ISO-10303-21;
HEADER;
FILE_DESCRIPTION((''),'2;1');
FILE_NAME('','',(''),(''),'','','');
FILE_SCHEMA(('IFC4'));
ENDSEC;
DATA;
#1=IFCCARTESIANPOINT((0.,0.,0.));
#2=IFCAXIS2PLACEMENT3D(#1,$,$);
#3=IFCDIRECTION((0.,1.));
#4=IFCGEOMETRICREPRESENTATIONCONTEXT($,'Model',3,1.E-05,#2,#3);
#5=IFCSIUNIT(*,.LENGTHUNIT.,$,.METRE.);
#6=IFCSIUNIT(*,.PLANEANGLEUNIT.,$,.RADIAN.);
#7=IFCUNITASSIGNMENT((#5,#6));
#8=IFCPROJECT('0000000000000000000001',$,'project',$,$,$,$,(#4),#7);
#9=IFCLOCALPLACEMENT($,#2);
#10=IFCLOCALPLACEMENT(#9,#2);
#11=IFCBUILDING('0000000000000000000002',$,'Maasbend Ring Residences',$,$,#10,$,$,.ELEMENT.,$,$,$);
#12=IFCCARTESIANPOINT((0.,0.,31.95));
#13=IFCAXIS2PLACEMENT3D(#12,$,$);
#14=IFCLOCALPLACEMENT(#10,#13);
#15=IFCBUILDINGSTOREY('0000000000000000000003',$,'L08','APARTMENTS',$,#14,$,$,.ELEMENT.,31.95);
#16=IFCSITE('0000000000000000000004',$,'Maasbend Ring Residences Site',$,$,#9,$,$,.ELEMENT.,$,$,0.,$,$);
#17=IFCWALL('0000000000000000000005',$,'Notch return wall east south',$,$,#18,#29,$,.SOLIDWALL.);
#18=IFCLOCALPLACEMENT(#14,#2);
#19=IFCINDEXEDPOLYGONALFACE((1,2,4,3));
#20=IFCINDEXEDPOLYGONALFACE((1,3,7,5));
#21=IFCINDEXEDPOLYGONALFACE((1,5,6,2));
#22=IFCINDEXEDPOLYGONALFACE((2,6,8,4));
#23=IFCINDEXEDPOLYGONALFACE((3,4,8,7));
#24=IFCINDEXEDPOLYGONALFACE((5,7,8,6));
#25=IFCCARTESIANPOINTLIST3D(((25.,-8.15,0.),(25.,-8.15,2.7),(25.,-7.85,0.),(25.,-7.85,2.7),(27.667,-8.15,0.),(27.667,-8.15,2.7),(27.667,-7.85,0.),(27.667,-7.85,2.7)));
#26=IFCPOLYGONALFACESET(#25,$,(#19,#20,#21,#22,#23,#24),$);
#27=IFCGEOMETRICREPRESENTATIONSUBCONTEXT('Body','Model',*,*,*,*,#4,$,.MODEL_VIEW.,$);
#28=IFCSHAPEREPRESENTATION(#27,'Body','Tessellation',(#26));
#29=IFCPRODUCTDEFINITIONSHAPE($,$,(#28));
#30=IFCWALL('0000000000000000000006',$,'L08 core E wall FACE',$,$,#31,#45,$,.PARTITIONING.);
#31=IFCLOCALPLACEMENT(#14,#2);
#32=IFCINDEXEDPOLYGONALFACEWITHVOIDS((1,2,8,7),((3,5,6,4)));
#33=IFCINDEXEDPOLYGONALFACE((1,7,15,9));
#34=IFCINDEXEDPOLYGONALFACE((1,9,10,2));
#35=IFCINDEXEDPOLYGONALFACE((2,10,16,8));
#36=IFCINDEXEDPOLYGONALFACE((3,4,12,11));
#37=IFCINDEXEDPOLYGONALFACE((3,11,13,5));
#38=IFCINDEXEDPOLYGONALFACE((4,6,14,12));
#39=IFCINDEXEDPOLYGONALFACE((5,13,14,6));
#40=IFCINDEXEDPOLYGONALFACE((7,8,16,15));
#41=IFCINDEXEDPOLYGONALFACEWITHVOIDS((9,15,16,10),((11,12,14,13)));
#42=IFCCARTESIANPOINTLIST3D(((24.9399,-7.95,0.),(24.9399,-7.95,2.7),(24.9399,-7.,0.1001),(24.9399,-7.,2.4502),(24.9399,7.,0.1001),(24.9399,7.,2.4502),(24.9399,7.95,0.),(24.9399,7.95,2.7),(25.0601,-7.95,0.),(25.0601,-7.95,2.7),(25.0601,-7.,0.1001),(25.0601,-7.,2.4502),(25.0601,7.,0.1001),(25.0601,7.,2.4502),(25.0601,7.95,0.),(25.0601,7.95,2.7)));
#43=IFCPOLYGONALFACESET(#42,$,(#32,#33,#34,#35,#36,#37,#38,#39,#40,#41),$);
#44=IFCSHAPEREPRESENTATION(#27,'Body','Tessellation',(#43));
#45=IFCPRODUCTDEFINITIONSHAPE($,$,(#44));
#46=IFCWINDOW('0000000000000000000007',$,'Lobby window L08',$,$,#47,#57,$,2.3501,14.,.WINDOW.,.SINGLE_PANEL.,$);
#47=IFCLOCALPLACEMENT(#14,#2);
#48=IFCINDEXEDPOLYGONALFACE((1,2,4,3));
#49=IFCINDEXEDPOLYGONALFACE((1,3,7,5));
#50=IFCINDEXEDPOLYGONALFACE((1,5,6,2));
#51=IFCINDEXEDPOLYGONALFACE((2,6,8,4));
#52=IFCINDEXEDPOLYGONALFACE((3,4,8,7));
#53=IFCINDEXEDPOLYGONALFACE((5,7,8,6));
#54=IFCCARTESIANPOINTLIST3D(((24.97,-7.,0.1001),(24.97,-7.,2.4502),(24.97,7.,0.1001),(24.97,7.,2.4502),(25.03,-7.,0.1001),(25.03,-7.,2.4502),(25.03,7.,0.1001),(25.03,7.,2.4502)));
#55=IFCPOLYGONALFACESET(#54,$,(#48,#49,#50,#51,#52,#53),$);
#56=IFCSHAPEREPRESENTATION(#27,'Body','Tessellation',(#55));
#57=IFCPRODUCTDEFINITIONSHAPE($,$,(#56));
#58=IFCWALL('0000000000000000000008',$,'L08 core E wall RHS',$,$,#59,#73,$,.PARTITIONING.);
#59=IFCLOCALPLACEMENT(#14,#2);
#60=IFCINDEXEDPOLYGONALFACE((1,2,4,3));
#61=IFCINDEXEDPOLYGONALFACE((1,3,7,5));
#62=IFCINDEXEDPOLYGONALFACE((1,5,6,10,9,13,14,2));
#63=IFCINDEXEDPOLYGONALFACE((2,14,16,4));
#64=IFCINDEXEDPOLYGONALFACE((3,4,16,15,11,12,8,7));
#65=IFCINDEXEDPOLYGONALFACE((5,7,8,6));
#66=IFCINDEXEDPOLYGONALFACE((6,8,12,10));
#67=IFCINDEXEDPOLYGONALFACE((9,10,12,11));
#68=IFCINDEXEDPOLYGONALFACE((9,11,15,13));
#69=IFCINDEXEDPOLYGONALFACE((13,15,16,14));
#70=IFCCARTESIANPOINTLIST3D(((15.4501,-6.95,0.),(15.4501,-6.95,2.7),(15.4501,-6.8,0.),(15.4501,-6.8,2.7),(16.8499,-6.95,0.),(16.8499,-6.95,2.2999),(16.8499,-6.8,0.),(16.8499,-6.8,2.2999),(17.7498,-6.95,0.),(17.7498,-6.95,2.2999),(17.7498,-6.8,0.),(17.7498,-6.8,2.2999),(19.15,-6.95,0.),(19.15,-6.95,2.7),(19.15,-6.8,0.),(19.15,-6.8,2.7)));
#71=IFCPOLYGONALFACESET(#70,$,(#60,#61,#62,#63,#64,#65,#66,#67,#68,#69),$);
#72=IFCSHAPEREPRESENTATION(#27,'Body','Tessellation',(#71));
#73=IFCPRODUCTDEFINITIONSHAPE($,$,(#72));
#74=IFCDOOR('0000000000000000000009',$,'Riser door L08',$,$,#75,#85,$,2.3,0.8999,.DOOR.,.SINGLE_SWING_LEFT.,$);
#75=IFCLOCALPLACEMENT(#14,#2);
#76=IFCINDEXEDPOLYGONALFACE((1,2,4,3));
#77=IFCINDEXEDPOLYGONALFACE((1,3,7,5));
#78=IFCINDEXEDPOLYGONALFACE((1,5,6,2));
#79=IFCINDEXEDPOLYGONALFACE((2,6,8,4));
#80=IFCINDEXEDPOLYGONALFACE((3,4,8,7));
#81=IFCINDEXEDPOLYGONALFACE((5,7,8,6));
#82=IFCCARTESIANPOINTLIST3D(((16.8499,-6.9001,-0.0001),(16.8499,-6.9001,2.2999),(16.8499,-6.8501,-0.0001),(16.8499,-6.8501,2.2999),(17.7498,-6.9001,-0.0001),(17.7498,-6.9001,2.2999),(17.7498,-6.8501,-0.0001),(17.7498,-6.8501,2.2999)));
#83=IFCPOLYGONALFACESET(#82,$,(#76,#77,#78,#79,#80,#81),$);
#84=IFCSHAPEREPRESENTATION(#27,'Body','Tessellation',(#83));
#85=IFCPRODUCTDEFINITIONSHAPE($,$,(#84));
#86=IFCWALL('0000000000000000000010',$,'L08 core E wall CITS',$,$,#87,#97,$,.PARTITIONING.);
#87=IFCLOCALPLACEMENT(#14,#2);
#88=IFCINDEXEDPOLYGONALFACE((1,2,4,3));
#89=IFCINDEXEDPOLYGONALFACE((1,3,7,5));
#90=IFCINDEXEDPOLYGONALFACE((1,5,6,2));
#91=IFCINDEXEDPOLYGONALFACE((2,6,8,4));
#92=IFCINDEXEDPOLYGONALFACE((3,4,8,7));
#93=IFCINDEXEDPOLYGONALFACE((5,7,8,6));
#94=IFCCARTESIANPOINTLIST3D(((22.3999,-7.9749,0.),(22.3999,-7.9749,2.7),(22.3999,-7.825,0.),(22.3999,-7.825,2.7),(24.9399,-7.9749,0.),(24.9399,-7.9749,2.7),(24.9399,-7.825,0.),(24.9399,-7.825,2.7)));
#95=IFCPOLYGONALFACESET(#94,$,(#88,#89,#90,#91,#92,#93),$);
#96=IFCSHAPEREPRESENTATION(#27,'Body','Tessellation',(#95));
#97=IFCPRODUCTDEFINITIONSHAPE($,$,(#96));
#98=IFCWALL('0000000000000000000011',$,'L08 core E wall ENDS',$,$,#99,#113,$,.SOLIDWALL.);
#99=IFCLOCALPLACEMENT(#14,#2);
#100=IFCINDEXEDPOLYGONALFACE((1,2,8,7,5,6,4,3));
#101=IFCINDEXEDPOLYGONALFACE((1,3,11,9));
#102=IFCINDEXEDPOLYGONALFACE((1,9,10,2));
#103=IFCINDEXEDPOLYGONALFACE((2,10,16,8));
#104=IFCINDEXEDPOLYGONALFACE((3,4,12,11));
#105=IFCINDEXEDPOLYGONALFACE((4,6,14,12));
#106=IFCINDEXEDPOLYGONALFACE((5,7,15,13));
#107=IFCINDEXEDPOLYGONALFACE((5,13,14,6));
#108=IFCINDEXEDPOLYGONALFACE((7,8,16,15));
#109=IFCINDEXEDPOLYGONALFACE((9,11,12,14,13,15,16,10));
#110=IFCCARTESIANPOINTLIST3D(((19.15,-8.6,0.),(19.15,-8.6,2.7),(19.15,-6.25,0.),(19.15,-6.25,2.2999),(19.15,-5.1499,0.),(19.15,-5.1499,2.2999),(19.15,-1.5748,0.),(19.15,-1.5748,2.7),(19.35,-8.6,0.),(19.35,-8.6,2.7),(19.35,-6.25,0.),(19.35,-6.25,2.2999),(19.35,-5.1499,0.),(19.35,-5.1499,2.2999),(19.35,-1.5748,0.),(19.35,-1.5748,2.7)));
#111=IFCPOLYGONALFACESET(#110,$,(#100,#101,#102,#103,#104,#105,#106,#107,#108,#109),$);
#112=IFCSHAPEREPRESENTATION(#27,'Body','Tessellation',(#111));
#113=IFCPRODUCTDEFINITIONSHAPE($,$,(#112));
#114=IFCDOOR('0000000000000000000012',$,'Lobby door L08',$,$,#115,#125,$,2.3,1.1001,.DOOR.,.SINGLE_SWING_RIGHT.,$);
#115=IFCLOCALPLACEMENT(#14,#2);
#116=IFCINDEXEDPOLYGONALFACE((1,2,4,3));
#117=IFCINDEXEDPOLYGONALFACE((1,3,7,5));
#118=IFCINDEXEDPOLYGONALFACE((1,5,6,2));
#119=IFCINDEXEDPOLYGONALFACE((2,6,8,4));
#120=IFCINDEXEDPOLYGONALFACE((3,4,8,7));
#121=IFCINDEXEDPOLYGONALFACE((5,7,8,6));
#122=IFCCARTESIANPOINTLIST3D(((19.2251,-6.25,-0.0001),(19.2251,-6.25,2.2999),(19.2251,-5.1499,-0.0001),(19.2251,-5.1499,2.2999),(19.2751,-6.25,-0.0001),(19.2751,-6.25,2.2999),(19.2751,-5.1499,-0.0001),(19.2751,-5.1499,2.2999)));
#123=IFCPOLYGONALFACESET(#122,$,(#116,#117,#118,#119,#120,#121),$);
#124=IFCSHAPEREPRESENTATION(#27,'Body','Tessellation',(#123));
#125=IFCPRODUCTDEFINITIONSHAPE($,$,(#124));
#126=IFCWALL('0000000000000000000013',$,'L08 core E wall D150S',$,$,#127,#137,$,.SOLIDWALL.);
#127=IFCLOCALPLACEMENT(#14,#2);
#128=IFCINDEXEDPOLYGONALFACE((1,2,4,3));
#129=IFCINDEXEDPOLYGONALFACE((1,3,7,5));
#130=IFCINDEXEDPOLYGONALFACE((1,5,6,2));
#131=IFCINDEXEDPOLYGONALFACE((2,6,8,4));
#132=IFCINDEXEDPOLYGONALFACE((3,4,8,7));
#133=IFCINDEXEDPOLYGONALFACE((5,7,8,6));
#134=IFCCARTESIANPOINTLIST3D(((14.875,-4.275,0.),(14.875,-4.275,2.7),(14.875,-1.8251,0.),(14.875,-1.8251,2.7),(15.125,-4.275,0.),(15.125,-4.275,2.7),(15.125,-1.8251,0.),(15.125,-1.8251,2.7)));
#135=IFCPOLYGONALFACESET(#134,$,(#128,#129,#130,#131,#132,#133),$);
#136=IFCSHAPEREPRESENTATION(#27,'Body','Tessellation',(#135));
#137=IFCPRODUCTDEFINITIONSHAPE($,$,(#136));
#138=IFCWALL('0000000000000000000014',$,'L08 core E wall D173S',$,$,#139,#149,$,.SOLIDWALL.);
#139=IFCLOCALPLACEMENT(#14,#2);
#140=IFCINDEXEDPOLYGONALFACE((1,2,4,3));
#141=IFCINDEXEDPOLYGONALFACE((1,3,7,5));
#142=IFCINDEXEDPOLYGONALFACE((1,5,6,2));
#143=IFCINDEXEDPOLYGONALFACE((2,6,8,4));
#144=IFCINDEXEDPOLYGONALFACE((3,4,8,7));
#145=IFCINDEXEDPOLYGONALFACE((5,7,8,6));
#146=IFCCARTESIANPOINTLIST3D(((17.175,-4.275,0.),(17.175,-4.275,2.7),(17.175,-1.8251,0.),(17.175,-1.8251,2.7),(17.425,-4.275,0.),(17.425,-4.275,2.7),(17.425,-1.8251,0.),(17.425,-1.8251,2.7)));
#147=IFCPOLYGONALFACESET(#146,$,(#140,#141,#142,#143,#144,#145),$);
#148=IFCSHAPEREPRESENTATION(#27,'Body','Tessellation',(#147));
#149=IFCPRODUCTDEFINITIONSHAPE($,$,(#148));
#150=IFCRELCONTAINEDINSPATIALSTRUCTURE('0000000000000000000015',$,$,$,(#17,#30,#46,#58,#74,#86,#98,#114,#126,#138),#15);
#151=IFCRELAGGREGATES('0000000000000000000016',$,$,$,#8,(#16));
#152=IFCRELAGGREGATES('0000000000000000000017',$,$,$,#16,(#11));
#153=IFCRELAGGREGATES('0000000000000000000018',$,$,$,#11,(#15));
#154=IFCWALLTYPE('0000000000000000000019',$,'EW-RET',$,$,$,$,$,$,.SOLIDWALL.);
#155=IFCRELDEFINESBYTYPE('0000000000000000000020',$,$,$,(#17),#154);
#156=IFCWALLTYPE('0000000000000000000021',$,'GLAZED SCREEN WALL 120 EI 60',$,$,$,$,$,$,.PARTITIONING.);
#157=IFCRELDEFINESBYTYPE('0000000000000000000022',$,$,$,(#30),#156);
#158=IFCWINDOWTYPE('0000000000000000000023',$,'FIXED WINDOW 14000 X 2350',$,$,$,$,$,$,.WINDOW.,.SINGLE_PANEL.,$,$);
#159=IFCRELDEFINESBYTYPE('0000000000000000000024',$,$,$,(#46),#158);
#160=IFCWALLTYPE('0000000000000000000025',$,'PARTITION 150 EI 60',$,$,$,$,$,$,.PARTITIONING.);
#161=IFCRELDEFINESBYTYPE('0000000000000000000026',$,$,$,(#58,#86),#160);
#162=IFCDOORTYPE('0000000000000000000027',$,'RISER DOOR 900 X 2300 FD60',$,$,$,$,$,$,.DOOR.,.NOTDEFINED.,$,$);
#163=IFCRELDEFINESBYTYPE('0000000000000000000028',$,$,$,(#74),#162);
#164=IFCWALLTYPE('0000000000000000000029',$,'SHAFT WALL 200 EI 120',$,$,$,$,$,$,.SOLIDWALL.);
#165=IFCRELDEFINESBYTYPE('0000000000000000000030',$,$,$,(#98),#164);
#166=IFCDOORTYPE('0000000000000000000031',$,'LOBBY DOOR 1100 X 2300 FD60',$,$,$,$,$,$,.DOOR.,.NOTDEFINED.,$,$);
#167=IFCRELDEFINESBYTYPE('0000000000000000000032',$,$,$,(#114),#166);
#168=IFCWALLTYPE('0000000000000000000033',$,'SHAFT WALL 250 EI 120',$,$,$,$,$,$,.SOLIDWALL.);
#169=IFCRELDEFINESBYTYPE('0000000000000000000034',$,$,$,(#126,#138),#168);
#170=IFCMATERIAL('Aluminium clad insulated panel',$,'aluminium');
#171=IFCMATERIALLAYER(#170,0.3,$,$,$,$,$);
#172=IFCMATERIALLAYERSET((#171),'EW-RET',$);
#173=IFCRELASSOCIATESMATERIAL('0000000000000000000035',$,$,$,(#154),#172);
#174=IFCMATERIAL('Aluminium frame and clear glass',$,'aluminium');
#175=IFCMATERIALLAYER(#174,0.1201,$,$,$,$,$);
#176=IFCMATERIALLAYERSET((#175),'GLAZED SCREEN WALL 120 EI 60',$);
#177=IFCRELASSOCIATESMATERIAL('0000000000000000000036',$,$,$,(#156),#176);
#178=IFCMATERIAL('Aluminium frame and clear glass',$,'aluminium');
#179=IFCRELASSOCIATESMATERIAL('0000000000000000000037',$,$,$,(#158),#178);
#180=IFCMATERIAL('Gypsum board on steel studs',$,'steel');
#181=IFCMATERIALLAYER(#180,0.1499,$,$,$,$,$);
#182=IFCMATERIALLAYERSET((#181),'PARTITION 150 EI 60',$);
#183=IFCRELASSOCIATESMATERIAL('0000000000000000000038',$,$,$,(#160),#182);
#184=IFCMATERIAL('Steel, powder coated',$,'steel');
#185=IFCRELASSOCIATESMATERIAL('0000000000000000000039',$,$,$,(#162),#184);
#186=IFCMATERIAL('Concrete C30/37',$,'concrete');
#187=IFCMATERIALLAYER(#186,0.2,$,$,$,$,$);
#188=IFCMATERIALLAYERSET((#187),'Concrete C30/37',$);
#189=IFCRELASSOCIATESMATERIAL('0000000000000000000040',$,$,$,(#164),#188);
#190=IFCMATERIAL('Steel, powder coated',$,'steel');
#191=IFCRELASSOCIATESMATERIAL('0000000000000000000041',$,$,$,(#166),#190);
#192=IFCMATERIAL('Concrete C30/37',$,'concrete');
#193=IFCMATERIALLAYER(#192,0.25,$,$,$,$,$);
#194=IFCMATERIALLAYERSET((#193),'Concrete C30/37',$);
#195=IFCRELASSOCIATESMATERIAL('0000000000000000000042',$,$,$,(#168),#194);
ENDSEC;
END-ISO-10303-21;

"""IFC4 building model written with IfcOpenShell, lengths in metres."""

from ifc_helpers import new_model, si_unit, direction, frame, frame_2d, origin, place, context, subcontext, project, spatial, rectangle, extrude, material, layer, layer_set, type_object, element, fill, save


model = new_model("IFC4")

# Units and contexts
model_context = context("Model", 3, precision=1e-05, world=origin(), true_north=direction((0.0, 1.0)))
body_context = subcontext(model_context, "Body", "Model", "MODEL_VIEW")
ifc_project = project(units=[si_unit("LENGTHUNIT", "METRE"), si_unit("PLANEANGLEUNIT", "RADIAN")], contexts=[model_context])

# Site, building, storey
site_placement = place(None, origin())
site = spatial("IfcSite", under=ifc_project, at=site_placement, Name="Maasbend Ring Residences Site", CompositionType="ELEMENT", RefElevation=0.0)
building_placement = place(site_placement, origin())
building = spatial("IfcBuilding", under=site, at=building_placement, Name="Maasbend Ring Residences", CompositionType="ELEMENT")
storey_placement = place(building_placement, frame((0.0, 0.0, 31.95)))
storey = spatial("IfcBuildingStorey", under=building, at=storey_placement, Name="L08", Description="APARTMENTS", CompositionType="ELEMENT", Elevation=31.95)

# Wall
ifc_material_1 = material(Name="Aluminium clad insulated panel", Category="aluminium")
ifc_layer_1 = layer(ifc_material_1, 0.3)
ifc_layer_set_1 = layer_set([ifc_layer_1], Name="EW-RET")
wall_type_1 = type_object("IfcWallType", Name="EW-RET", PredefinedType="SOLIDWALL", material=ifc_layer_set_1)
wall_1_placement = place(storey_placement, frame((25.0, -8.0, 0.0), z_axis=(0.0, 0.0, 1.0), x_axis=(1.0, 0.0, 0.0)))
element("IfcWall", 1, at=wall_1_placement, inside=storey, type_object=wall_type_1, Name="Notch return wall east south", PredefinedType="SOLIDWALL", context=body_context, shape_type="SweptSolid", body=[
    extrude(rectangle(XDim=2.667, YDim=0.3, at=frame_2d((1.3335, 0.0))), origin(), (0.0, 0.0, 1.0), 2.7),
])

# Wall, opening, window
ifc_material_2 = material(Name="Aluminium frame and clear glass", Category="aluminium")
ifc_layer_2 = layer(ifc_material_2, 0.1201)
ifc_layer_set_2 = layer_set([ifc_layer_2], Name="GLAZED SCREEN WALL 120 EI 60")
wall_type_2 = type_object("IfcWallType", Name="GLAZED SCREEN WALL 120 EI 60", PredefinedType="PARTITIONING", material=ifc_layer_set_2)
wall_2_placement = place(storey_placement, frame((25.0, -7.95, 0.0), z_axis=(0.0, 0.0, 1.0), x_axis=(0.0, 1.0, 0.0)))
wall_2 = element("IfcWall", 2, at=wall_2_placement, inside=storey, type_object=wall_type_2, Name="L08 core E wall FACE", PredefinedType="PARTITIONING", context=body_context, shape_type="SweptSolid", body=[
    extrude(rectangle(XDim=15.8999, YDim=0.1201, at=frame_2d((7.95, 0.0))), origin(), (0.0, 0.0, 1.0), 2.7),
])
opening_1_placement = place(wall_2_placement, frame((0.95, 0.0, 0.1001)))
opening_1 = element("IfcOpeningElement", 3, at=opening_1_placement, cuts=wall_2, PredefinedType="OPENING", context=body_context, shape_type="SweptSolid", body=[
    extrude(rectangle(XDim=14.0, YDim=2.3501, at=frame_2d((7.0, 1.175))), frame((0.0, 0.0701, 0.0), z_axis=(0.0, -1.0, 0.0), x_axis=(1.0, 0.0, 0.0)), (0.0, 0.0, 1.0), 0.1401),
])
ifc_material_3 = material(Name="Aluminium frame and clear glass", Category="aluminium")
window_type = type_object("IfcWindowType", Name="FIXED WINDOW 14000 X 2350", PartitioningType="SINGLE_PANEL", PredefinedType="WINDOW", material=ifc_material_3)
window_placement = place(opening_1_placement, origin())
window = element("IfcWindow", 4, at=window_placement, inside=storey, type_object=window_type, Name="Lobby window L08", OverallHeight=2.3501, OverallWidth=14.0, PartitioningType="SINGLE_PANEL", PredefinedType="WINDOW", context=body_context, shape_type="SweptSolid", body=[
    extrude(rectangle(XDim=14.0, YDim=2.3501, at=frame_2d((7.0, 1.175))), frame((0.0, 0.03, 0.0), z_axis=(0.0, -1.0, 0.0), x_axis=(1.0, 0.0, 0.0)), (0.0, 0.0, 1.0), 0.0601),
])
fill(opening_1, window)

# Wall, opening, door
ifc_material_4 = material(Name="Gypsum board on steel studs", Category="steel")
ifc_layer_3 = layer(ifc_material_4, 0.1499)
ifc_layer_set_3 = layer_set([ifc_layer_3], Name="PARTITION 150 EI 60")
wall_type_3 = type_object("IfcWallType", Name="PARTITION 150 EI 60", PredefinedType="PARTITIONING", material=ifc_layer_set_3)
wall_3_placement = place(storey_placement, frame((15.45, -6.875, 0.0), z_axis=(0.0, 0.0, 1.0), x_axis=(1.0, 0.0, 0.0)))
wall_3 = element("IfcWall", 5, at=wall_3_placement, inside=storey, type_object=wall_type_3, Name="L08 core E wall RHS", PredefinedType="PARTITIONING", context=body_context, shape_type="SweptSolid", body=[
    extrude(rectangle(XDim=3.7, YDim=0.1499, at=frame_2d((1.8501, 0.0))), origin(), (0.0, 0.0, 1.0), 2.7),
])
opening_2_placement = place(wall_3_placement, frame((1.3999, 0.0, 0.0)))
opening_2 = element("IfcOpeningElement", 6, at=opening_2_placement, cuts=wall_3, PredefinedType="OPENING", context=body_context, shape_type="SweptSolid", body=[
    extrude(rectangle(XDim=0.8999, YDim=2.3, at=frame_2d((0.45, 1.1499))), frame((0.0, 0.085, 0.0), z_axis=(0.0, -1.0, 0.0), x_axis=(1.0, 0.0, 0.0)), (0.0, 0.0, 1.0), 0.1699),
])
ifc_material_5 = material(Name="Steel, powder coated", Category="steel")
door_type_1 = type_object("IfcDoorType", Name="RISER DOOR 900 X 2300 FD60", OperationType="NOTDEFINED", PredefinedType="DOOR", material=ifc_material_5)
door_1_placement = place(opening_2_placement, origin())
door_1 = element("IfcDoor", 7, at=door_1_placement, inside=storey, type_object=door_type_1, Name="Riser door L08", OperationType="SINGLE_SWING_LEFT", OverallHeight=2.3, OverallWidth=0.8999, PredefinedType="DOOR", context=body_context, shape_type="SweptSolid", body=[
    extrude(rectangle(XDim=0.8999, YDim=2.3, at=frame_2d((0.45, 1.1499))), frame((0.0, 0.0249, 0.0), z_axis=(0.0, -1.0, 0.0), x_axis=(1.0, 0.0, 0.0)), (0.0, 0.0, 1.0), 0.05),
])
fill(opening_2, door_1)

# Wall
wall_4_placement = place(storey_placement, frame((22.3999, -7.8999, 0.0), z_axis=(0.0, 0.0, 1.0), x_axis=(1.0, 0.0, 0.0)))
element("IfcWall", 8, at=wall_4_placement, inside=storey, type_object=wall_type_3, Name="L08 core E wall CITS", PredefinedType="PARTITIONING", context=body_context, shape_type="SweptSolid", body=[
    extrude(rectangle(XDim=2.54, YDim=0.1499, at=frame_2d((1.27, 0.0))), origin(), (0.0, 0.0, 1.0), 2.7),
])

# Wall, opening, door
ifc_material_6 = material(Name="Concrete C30/37", Category="concrete")
ifc_layer_4 = layer(ifc_material_6, 0.2)
ifc_layer_set_4 = layer_set([ifc_layer_4], Name="Concrete C30/37")
wall_type_4 = type_object("IfcWallType", Name="SHAFT WALL 200 EI 120", PredefinedType="SOLIDWALL", material=ifc_layer_set_4)
wall_5_placement = place(storey_placement, frame((19.25, -8.6001, 0.0), z_axis=(0.0, 0.0, 1.0), x_axis=(0.0, 1.0, 0.0)))
wall_5 = element("IfcWall", 9, at=wall_5_placement, inside=storey, type_object=wall_type_4, Name="L08 core E wall ENDS", PredefinedType="SOLIDWALL", context=body_context, shape_type="SweptSolid", body=[
    extrude(rectangle(XDim=7.0251, YDim=0.2, at=frame_2d((3.5127, 0.0))), origin(), (0.0, 0.0, 1.0), 2.7),
])
opening_3_placement = place(wall_5_placement, frame((2.3501, 0.0, 0.0)))
opening_3 = element("IfcOpeningElement", 10, at=opening_3_placement, cuts=wall_5, PredefinedType="OPENING", context=body_context, shape_type="SweptSolid", body=[
    extrude(rectangle(XDim=1.1001, YDim=2.3, at=frame_2d((0.55, 1.1499))), frame((0.0, 0.1099, 0.0), z_axis=(0.0, -1.0, 0.0), x_axis=(1.0, 0.0, 0.0)), (0.0, 0.0, 1.0), 0.22),
])
ifc_material_7 = material(Name="Steel, powder coated", Category="steel")
door_type_2 = type_object("IfcDoorType", Name="LOBBY DOOR 1100 X 2300 FD60", OperationType="NOTDEFINED", PredefinedType="DOOR", material=ifc_material_7)
door_2_placement = place(opening_3_placement, origin())
door_2 = element("IfcDoor", 11, at=door_2_placement, inside=storey, type_object=door_type_2, Name="Lobby door L08", OperationType="SINGLE_SWING_RIGHT", OverallHeight=2.3, OverallWidth=1.1001, PredefinedType="DOOR", context=body_context, shape_type="SweptSolid", body=[
    extrude(rectangle(XDim=1.1001, YDim=2.3, at=frame_2d((0.55, 1.1499))), frame((0.0, 0.0249, 0.0), z_axis=(0.0, -1.0, 0.0), x_axis=(1.0, 0.0, 0.0)), (0.0, 0.0, 1.0), 0.05),
])
fill(opening_3, door_2)

# Walls
ifc_material_8 = material(Name="Concrete C30/37", Category="concrete")
ifc_layer_5 = layer(ifc_material_8, 0.25)
ifc_layer_set_5 = layer_set([ifc_layer_5], Name="Concrete C30/37")
wall_type_5 = type_object("IfcWallType", Name="SHAFT WALL 250 EI 120", PredefinedType="SOLIDWALL", material=ifc_layer_set_5)
for number, where, z_axis, x_axis, name in (
    (12, (15.0, -1.825, 0.0), (0.0, 0.0, 1.0), (0.0, -1.0, 0.0), "L08 core E wall D150S"),
    (13, (17.3, -1.825, 0.0), (0.0, 0.0, 1.0), (0.0, -1.0, 0.0), "L08 core E wall D173S"),
):
    element("IfcWall", number, at=place(storey_placement, frame(where, z_axis=z_axis, x_axis=x_axis)), inside=storey, type_object=wall_type_5, Name=name, PredefinedType="SOLIDWALL", context=body_context, shape_type="SweptSolid", body=[
        extrude(rectangle(XDim=2.45, YDim=0.25, at=frame_2d((1.2251, 0.0))), origin(), (0.0, 0.0, 1.0), 2.7),
    ])

save(model, "model.ifc")
